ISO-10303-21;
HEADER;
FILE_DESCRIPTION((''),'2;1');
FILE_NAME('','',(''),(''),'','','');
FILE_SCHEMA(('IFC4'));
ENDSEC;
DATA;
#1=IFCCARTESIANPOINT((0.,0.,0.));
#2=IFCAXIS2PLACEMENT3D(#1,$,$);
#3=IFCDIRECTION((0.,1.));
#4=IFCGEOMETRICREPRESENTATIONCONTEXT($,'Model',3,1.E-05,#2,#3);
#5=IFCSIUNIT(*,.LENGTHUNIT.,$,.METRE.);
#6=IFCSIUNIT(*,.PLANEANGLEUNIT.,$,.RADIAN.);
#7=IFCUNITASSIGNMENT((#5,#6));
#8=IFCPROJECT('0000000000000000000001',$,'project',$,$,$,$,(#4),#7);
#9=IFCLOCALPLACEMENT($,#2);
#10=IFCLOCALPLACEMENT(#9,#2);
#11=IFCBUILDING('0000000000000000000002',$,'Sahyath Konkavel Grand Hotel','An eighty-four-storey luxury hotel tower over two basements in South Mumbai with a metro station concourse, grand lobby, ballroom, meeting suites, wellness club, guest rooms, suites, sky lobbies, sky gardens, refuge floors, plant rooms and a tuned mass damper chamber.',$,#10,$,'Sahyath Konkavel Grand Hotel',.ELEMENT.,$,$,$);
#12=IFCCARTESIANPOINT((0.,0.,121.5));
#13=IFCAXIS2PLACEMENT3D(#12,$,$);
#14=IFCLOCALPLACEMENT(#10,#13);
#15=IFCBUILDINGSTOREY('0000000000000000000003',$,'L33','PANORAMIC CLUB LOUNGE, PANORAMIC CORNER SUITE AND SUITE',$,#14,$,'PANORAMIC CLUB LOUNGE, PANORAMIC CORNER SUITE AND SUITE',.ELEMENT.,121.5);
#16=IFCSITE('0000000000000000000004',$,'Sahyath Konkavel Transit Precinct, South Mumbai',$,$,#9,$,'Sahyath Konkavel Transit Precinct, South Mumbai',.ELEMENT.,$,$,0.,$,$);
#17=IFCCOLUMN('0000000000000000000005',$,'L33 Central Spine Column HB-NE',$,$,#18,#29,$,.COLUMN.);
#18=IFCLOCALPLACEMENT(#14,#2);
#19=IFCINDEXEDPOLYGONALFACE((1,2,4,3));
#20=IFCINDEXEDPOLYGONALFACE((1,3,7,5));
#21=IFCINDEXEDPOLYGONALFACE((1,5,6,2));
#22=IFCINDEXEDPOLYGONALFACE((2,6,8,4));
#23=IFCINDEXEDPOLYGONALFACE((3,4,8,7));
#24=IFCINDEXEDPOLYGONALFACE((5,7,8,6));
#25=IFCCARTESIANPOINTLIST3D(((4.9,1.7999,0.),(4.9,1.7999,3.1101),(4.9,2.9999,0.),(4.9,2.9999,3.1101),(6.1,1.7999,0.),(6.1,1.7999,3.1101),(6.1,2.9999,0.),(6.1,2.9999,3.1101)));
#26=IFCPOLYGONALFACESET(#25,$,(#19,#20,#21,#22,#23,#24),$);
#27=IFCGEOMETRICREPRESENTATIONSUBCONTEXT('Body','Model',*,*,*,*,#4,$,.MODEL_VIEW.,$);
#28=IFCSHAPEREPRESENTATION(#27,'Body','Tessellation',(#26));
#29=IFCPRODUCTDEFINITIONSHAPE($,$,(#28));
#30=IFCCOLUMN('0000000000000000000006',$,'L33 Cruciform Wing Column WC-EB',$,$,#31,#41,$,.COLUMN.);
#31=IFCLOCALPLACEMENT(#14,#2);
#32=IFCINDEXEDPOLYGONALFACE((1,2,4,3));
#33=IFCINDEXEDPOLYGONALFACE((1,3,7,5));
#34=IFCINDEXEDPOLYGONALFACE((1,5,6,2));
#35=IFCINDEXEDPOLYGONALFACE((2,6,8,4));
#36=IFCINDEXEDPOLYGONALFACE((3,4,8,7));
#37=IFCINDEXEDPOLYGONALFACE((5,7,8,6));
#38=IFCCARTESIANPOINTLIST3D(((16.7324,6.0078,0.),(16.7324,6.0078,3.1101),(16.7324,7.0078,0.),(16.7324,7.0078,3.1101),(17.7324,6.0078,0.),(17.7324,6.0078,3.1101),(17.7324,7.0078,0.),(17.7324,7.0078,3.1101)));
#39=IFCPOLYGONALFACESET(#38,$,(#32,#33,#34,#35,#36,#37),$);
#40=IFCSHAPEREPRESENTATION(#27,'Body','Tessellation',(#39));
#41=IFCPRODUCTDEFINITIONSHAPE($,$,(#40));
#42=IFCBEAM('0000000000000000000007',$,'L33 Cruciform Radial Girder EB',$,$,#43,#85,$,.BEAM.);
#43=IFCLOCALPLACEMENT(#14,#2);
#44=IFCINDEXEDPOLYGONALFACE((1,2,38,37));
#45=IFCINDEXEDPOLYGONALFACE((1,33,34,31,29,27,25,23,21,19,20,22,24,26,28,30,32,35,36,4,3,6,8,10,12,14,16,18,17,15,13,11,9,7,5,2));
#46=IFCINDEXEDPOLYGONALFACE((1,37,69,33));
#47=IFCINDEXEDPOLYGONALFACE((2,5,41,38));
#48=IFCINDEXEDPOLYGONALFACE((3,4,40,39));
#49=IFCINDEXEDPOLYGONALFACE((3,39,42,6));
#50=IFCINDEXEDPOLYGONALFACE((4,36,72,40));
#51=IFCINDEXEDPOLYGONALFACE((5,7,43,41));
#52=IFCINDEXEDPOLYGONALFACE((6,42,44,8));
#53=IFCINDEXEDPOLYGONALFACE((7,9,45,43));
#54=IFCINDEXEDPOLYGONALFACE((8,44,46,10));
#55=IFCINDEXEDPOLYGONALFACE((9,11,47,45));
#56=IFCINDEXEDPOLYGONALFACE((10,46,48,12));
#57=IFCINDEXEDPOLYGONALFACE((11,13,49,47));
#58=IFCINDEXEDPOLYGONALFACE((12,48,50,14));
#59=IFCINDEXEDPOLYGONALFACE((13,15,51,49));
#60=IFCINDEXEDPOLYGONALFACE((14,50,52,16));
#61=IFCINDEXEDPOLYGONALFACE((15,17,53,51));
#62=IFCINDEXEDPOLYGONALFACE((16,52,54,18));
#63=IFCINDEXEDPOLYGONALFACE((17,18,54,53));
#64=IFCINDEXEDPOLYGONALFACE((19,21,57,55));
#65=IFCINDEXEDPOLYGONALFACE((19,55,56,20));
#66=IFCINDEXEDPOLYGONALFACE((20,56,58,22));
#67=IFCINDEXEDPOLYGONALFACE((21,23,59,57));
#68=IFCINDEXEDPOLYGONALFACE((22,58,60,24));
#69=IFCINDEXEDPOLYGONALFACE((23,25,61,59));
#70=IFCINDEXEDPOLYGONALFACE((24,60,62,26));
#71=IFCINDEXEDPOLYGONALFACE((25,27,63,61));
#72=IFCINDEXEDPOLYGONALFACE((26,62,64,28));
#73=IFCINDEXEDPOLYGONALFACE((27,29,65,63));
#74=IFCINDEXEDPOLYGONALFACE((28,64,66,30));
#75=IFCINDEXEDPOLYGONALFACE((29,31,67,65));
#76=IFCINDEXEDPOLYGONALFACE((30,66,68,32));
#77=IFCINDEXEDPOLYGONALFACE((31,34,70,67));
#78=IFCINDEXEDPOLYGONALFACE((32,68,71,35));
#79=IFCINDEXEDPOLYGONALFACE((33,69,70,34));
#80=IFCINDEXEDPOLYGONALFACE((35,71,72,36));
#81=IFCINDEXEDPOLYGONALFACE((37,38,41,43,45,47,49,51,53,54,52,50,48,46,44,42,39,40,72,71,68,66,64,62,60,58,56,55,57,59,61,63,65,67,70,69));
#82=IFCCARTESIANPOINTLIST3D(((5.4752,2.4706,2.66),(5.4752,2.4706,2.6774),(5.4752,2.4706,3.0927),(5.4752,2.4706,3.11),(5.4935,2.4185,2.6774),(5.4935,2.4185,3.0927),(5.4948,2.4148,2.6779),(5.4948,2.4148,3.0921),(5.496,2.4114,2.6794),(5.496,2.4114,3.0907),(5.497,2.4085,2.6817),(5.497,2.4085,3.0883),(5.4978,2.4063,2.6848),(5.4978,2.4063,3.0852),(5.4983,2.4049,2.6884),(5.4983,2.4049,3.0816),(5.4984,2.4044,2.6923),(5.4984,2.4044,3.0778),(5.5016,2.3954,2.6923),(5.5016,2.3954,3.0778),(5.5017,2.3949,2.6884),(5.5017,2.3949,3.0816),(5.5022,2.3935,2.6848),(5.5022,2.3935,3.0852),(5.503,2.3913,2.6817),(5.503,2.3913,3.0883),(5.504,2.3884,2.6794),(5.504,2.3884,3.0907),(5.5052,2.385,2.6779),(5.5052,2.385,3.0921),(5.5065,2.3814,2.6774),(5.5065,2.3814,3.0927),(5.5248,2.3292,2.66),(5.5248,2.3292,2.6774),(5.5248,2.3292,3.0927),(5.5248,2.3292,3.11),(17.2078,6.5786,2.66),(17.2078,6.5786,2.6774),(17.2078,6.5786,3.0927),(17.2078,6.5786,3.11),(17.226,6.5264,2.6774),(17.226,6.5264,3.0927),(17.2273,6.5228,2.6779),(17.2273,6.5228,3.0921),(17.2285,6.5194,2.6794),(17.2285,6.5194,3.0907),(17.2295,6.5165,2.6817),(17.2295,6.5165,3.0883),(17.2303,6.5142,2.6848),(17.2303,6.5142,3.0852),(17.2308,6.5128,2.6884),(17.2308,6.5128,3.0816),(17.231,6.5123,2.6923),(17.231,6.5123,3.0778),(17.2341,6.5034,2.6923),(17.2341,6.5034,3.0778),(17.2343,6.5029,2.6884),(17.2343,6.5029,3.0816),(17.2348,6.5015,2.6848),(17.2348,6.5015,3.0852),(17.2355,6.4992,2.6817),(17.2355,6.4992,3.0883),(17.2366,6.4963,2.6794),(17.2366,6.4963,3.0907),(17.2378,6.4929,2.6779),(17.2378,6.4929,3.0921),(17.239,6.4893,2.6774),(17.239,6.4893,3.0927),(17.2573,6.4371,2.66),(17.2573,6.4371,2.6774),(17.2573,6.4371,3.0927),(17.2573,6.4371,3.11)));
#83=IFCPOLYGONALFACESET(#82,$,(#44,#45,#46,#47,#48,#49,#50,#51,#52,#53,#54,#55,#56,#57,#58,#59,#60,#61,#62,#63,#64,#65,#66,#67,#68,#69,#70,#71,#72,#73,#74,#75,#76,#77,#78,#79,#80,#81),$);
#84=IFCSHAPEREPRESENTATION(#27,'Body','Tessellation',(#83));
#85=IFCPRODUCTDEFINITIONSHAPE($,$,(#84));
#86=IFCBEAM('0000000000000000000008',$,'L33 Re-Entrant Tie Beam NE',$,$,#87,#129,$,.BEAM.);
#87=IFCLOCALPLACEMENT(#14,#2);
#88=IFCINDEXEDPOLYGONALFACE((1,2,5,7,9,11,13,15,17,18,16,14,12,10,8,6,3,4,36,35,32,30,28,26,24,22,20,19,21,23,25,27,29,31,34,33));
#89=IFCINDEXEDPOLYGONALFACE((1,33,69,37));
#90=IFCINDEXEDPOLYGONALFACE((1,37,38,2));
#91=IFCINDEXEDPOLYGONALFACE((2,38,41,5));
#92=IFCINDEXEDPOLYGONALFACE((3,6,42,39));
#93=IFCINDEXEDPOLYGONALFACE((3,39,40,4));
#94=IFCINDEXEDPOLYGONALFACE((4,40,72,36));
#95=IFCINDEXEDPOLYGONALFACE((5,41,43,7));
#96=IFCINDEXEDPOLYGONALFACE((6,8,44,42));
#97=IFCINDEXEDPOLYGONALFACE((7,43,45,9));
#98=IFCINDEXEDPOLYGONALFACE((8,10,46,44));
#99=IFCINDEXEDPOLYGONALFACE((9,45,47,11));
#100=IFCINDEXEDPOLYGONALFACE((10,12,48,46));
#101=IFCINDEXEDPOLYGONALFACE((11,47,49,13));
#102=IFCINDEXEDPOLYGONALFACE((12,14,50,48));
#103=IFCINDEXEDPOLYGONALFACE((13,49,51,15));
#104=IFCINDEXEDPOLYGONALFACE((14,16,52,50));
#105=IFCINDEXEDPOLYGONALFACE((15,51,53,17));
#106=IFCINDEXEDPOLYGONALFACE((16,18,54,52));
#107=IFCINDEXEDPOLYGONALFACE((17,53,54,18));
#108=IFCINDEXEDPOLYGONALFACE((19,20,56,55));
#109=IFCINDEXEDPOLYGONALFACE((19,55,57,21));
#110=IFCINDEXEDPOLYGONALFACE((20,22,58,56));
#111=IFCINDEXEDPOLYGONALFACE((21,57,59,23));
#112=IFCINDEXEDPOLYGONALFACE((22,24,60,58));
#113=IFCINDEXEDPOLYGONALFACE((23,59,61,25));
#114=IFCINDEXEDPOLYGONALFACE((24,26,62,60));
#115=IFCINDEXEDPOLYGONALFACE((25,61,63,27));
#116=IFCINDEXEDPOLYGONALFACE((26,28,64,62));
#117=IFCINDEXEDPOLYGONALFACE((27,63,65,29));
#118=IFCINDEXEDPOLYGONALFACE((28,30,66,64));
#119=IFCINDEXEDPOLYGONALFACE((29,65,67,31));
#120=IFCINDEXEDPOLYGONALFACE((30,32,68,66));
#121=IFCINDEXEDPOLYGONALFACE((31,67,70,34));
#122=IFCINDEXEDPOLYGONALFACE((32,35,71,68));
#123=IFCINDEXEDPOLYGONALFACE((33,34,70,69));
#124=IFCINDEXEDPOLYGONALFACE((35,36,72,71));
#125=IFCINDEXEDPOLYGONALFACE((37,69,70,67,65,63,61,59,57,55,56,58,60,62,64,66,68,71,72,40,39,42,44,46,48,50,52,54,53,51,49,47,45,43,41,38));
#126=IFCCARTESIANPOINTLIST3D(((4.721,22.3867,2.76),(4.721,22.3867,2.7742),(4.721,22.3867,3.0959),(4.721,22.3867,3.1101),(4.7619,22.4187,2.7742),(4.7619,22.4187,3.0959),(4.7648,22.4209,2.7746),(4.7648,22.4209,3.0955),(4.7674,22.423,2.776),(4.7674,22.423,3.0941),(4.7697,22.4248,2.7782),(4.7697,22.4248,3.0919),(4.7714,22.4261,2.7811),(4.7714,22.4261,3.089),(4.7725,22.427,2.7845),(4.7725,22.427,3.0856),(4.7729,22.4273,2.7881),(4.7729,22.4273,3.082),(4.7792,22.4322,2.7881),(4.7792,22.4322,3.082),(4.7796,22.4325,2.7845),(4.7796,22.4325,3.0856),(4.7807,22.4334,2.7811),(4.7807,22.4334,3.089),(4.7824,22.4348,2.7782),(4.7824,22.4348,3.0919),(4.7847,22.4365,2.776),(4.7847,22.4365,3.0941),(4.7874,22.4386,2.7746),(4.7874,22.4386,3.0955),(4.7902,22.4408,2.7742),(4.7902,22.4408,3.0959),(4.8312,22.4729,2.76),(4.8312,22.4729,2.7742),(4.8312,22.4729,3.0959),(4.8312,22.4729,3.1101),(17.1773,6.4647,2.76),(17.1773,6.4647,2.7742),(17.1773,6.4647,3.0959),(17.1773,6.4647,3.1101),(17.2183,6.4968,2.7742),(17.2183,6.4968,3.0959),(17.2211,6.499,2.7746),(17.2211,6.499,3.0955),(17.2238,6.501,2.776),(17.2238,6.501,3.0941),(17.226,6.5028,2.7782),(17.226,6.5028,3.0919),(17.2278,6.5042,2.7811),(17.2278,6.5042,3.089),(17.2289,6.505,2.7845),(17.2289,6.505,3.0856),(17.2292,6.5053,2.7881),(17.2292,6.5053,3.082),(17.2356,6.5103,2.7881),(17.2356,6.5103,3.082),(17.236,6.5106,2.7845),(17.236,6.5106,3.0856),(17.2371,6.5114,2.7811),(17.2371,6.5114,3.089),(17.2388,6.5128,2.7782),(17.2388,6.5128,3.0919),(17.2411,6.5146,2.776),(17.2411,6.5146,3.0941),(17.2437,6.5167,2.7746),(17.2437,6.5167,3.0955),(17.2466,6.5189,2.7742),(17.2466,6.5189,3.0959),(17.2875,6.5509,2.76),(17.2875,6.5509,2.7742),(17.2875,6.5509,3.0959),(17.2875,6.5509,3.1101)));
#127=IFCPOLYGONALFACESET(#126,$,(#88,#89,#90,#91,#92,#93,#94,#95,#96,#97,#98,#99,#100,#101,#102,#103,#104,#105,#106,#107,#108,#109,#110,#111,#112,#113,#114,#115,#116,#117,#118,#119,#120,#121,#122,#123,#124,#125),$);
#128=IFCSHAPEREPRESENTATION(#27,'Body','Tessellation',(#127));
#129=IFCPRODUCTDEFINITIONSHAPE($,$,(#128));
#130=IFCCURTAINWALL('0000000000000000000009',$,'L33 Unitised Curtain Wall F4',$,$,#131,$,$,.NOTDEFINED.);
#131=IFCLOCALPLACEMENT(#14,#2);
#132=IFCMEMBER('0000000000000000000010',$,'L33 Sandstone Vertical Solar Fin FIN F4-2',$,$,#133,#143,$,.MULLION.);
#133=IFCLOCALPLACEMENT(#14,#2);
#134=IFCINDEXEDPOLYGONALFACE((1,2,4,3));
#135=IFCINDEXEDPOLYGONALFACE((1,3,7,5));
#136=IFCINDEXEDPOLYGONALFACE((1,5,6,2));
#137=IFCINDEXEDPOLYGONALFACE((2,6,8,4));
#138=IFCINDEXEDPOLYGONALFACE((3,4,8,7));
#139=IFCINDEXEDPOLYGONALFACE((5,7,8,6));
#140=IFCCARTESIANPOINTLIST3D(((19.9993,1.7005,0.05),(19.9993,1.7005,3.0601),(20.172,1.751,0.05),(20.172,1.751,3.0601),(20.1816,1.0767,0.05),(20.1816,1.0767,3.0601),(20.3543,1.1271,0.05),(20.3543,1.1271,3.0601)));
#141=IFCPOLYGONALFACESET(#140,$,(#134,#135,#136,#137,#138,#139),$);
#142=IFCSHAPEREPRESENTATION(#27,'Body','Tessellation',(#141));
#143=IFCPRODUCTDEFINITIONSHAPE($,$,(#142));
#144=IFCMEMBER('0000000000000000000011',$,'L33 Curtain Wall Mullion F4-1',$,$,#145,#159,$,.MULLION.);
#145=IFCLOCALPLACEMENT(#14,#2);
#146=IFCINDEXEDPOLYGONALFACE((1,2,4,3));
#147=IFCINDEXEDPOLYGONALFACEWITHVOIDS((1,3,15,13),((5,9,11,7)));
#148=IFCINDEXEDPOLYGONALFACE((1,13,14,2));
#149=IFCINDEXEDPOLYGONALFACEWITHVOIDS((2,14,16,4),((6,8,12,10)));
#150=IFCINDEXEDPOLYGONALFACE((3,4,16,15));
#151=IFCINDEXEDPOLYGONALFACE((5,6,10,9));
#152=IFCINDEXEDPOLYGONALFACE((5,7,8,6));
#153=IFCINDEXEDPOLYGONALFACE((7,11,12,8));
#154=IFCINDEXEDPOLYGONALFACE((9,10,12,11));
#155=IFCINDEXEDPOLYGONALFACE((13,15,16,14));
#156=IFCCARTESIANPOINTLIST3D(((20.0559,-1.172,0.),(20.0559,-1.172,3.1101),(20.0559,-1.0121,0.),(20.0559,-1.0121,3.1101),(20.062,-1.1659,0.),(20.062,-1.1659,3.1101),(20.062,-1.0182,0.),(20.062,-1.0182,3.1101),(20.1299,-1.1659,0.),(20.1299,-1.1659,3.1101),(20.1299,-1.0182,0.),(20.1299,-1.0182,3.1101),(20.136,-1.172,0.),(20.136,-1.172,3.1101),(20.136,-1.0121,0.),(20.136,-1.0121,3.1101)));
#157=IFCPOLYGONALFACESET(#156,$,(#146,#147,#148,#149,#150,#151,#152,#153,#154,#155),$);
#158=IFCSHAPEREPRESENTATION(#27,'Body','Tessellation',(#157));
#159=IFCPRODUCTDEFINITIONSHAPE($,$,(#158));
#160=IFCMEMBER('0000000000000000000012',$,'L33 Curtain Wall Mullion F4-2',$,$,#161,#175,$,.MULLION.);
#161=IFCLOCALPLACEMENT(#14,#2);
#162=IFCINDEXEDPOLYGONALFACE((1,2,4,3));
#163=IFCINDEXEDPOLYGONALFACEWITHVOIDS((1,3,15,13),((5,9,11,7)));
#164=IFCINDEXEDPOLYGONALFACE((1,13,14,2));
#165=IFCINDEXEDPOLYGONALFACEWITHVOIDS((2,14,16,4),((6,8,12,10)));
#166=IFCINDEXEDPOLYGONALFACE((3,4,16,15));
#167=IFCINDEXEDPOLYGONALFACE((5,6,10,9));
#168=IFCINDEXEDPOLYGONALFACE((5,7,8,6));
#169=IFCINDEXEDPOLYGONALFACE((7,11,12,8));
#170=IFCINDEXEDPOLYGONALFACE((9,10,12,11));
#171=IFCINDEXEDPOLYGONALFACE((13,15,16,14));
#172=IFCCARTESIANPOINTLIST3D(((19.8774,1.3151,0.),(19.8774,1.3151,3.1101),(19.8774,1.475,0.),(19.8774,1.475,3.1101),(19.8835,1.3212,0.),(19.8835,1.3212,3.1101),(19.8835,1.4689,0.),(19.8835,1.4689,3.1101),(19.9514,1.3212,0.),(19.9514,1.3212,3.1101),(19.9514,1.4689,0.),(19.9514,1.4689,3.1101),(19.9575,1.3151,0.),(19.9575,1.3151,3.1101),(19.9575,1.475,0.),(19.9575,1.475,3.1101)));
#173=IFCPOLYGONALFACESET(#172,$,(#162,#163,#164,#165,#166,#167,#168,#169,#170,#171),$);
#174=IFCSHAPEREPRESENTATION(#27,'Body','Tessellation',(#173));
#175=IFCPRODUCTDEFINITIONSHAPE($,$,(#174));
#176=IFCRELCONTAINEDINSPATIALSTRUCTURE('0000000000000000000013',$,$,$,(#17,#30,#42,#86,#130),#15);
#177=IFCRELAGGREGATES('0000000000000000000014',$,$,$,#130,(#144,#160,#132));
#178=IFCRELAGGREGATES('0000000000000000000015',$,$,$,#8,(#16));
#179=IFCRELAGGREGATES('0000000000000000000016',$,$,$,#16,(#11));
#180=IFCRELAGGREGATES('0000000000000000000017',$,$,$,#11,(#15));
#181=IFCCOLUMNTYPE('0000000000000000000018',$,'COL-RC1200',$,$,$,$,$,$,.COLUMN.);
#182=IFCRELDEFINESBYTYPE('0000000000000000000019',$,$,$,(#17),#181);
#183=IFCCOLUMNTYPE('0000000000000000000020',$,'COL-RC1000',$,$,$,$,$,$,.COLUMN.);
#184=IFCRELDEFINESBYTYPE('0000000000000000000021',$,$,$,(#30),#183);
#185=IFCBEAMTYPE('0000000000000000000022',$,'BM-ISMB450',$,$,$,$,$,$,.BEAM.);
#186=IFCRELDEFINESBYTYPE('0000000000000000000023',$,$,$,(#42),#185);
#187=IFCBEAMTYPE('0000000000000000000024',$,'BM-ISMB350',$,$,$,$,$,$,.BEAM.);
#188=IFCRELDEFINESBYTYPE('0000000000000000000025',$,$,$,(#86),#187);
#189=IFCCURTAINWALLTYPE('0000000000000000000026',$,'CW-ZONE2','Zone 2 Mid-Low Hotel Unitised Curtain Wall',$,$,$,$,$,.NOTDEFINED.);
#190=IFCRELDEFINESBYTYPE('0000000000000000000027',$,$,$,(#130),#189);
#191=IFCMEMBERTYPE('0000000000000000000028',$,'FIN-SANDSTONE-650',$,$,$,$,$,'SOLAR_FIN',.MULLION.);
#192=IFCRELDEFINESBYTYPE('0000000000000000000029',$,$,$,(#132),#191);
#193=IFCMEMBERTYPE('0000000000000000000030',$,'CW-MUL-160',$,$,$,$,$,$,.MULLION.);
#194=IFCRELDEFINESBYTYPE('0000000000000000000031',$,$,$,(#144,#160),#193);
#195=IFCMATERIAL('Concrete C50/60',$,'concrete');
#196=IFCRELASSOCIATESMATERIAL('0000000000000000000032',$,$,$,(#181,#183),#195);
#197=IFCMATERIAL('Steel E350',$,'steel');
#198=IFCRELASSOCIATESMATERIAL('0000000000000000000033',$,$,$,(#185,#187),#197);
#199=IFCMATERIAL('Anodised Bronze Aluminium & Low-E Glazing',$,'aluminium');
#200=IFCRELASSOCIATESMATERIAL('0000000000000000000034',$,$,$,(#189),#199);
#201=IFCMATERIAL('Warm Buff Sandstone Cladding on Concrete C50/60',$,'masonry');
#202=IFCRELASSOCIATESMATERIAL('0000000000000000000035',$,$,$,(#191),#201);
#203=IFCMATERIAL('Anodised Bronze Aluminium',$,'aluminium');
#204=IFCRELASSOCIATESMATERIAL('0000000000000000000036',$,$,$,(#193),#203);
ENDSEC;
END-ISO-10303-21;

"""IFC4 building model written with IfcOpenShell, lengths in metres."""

from ifc_helpers import new_model, si_unit, direction, frame, origin, origin_2d, place, context, subcontext, project, spatial, rectangle, hollow_rectangle, i_section, extrude, source, transform, mapped, material, material_profile, profile_set, type_object, element, aggregate, save


model = new_model("IFC4")

# Units and contexts
model_context = context("Model", 3, precision=1e-05, world=origin(), true_north=direction((0.0, 1.0)))
body_context = subcontext(model_context, "Body", "Model", "MODEL_VIEW")
ifc_project = project(units=[si_unit("LENGTHUNIT", "METRE"), si_unit("PLANEANGLEUNIT", "RADIAN")], contexts=[model_context])

# Site, building, storey
site_placement = place(None, origin())
site = spatial("IfcSite", under=ifc_project, at=site_placement, Name="Sahyath Konkavel Transit Precinct, South Mumbai", LongName="Sahyath Konkavel Transit Precinct, South Mumbai", CompositionType="ELEMENT", RefElevation=0.0)
building_placement = place(site_placement, origin())
building = spatial("IfcBuilding", under=site, at=building_placement, Name="Sahyath Konkavel Grand Hotel", Description="An eighty-four-storey luxury hotel tower over two basements in South Mumbai with a metro station concourse, grand lobby, ballroom, meeting suites, wellness club, guest rooms, suites, sky lobbies, sky gardens, refuge floors, plant rooms and a tuned mass damper chamber.", LongName="Sahyath Konkavel Grand Hotel", CompositionType="ELEMENT")
storey_placement = place(building_placement, frame((0.0, 0.0, 121.5)))
storey = spatial("IfcBuildingStorey", under=building, at=storey_placement, Name="L33", Description="PANORAMIC CLUB LOUNGE, PANORAMIC CORNER SUITE AND SUITE", LongName="PANORAMIC CLUB LOUNGE, PANORAMIC CORNER SUITE AND SUITE", CompositionType="ELEMENT", Elevation=121.5)

# Columns
ifc_material_1 = material(Name="Concrete C50/60", Category="concrete")
ifc_material_profile_1 = material_profile(ifc_material_1, rectangle(XDim=1.2, YDim=1.2, at=origin_2d()), Name="RC 1200x1200")
ifc_profile_set_1 = profile_set([ifc_material_profile_1], Name="Concrete C50/60")
column_type_1 = type_object("IfcColumnType", Name="COL-RC1200", PredefinedType="COLUMN", material=ifc_profile_set_1)
shared_shape_1 = source(origin(), body_context, "Body", "SweptSolid", [
    extrude(rectangle(XDim=1.2, YDim=1.2, at=origin_2d()), origin(), (0.0, 0.0, 1.0), 3.1101),
])
column_1_placement = place(storey_placement, frame((5.5, 2.3999, 0.0), z_axis=(0.0, 0.0, 1.0), x_axis=(1.0, 0.0, 0.0)))
element("IfcColumn", 1, at=column_1_placement, inside=storey, type_object=column_type_1, Name="L33 Central Spine Column HB-NE", PredefinedType="COLUMN", context=body_context, shape_type="MappedRepresentation", body=[
    mapped(shared_shape_1, transform((0.0, 0.0, 0.0), scale=1.0)),
])
ifc_material_profile_2 = material_profile(ifc_material_1, rectangle(XDim=1.0, YDim=1.0, at=origin_2d()), Name="RC 1000x1000")
ifc_profile_set_2 = profile_set([ifc_material_profile_2], Name="Concrete C50/60")
column_type_2 = type_object("IfcColumnType", Name="COL-RC1000", PredefinedType="COLUMN", material=ifc_profile_set_2)
shared_shape_2 = source(origin(), body_context, "Body", "SweptSolid", [
    extrude(rectangle(XDim=1.0, YDim=1.0, at=origin_2d()), origin(), (0.0, 0.0, 1.0), 3.1101),
])
column_2_placement = place(storey_placement, frame((17.2324, 6.5078, 0.0), z_axis=(0.0, 0.0, 1.0), x_axis=(1.0, 0.0, 0.0)))
element("IfcColumn", 2, at=column_2_placement, inside=storey, type_object=column_type_2, Name="L33 Cruciform Wing Column WC-EB", PredefinedType="COLUMN", context=body_context, shape_type="MappedRepresentation", body=[
    mapped(shared_shape_2, transform((0.0, 0.0, 0.0), scale=1.0)),
])

# Beams
ifc_material_2 = material(Name="Steel E350", Category="steel")
ifc_material_profile_3 = material_profile(ifc_material_2, i_section(OverallWidth=0.1499, OverallDepth=0.45, WebThickness=0.0095, FlangeThickness=0.0173, FilletRadius=0.0149, at=origin_2d()), Name="ISMB 450")
ifc_profile_set_3 = profile_set([ifc_material_profile_3], Name="Steel E350")
beam_type_1 = type_object("IfcBeamType", Name="BM-ISMB450", PredefinedType="BEAM", material=ifc_profile_set_3)
shared_shape_3 = source(origin(), body_context, "Body", "SweptSolid", [
    extrude(i_section(OverallWidth=0.1499, OverallDepth=0.45, WebThickness=0.0095, FlangeThickness=0.0173, FilletRadius=0.0149, at=origin_2d()), origin(), (0.0, 0.0, 1.0), 12.4309),
])
beam_1_placement = place(storey_placement, frame((5.5, 2.3999, 2.885), z_axis=(0.943819, 0.330462, 0.0), x_axis=(-0.330462, 0.943819, 0.0)))
element("IfcBeam", 3, at=beam_1_placement, inside=storey, type_object=beam_type_1, Name="L33 Cruciform Radial Girder EB", PredefinedType="BEAM", context=body_context, shape_type="MappedRepresentation", body=[
    mapped(shared_shape_3, transform((0.0, 0.0, 0.0), scale=1.0)),
])
ifc_material_profile_4 = material_profile(ifc_material_2, i_section(OverallWidth=0.1399, OverallDepth=0.3501, WebThickness=0.0081, FlangeThickness=0.0142, FilletRadius=0.0139, at=origin_2d()), Name="ISMB 350")
ifc_profile_set_4 = profile_set([ifc_material_profile_4], Name="Steel E350")
beam_type_2 = type_object("IfcBeamType", Name="BM-ISMB350", PredefinedType="BEAM", material=ifc_profile_set_4)
shared_shape_4 = source(origin(), body_context, "Body", "SweptSolid", [
    extrude(i_section(OverallWidth=0.1399, OverallDepth=0.3501, WebThickness=0.0081, FlangeThickness=0.0142, FilletRadius=0.0139, at=origin_2d()), origin(), (0.0, 0.0, 1.0), 20.2156),
])
beam_2_placement = place(storey_placement, frame((17.2324, 6.5078, 2.9351), z_axis=(-0.616176, 0.787608, 0.0), x_axis=(-0.787608, -0.616176, 0.0)))
element("IfcBeam", 4, at=beam_2_placement, inside=storey, type_object=beam_type_2, Name="L33 Re-Entrant Tie Beam NE", PredefinedType="BEAM", context=body_context, shape_type="MappedRepresentation", body=[
    mapped(shared_shape_4, transform((0.0, 0.0, 0.0), scale=1.0)),
])

# Curtain wall, members
ifc_material_3 = material(Name="Anodised Bronze Aluminium & Low-E Glazing", Category="aluminium")
curtain_wall_type = type_object("IfcCurtainWallType", Name="CW-ZONE2", Description="Zone 2 Mid-Low Hotel Unitised Curtain Wall", PredefinedType="NOTDEFINED", material=ifc_material_3)
curtain_wall_placement = place(storey_placement, origin())
curtain_wall = element("IfcCurtainWall", 5, at=curtain_wall_placement, inside=storey, type_object=curtain_wall_type, Name="L33 Unitised Curtain Wall F4", PredefinedType="NOTDEFINED")
ifc_material_4 = material(Name="Warm Buff Sandstone Cladding on Concrete C50/60", Category="masonry")
ifc_material_profile_5 = material_profile(ifc_material_4, rectangle(XDim=0.1799, YDim=0.6499, at=origin_2d()), Name="FIN 180x650")
ifc_profile_set_5 = profile_set([ifc_material_profile_5], Name="Warm Buff Sandstone Cladding on Concrete C50/60")
member_type_1 = type_object("IfcMemberType", Name="FIN-SANDSTONE-650", ElementType="SOLAR_FIN", PredefinedType="MULLION", material=ifc_profile_set_5)
shared_shape_5 = source(origin(), body_context, "Body", "SweptSolid", [
    extrude(rectangle(XDim=0.1799, YDim=0.6499, at=origin_2d()), origin(), (0.0, 0.0, 1.0), 3.01),
])
member_1_placement = place(storey_placement, frame((20.1768, 1.4138, 0.05), z_axis=(0.0, 0.0, 1.0), x_axis=(0.959854, 0.280499, 0.0)))
member_1 = element("IfcMember", 6, at=member_1_placement, type_object=member_type_1, Name="L33 Sandstone Vertical Solar Fin FIN F4-2", PredefinedType="MULLION", context=body_context, shape_type="MappedRepresentation", body=[
    mapped(shared_shape_5, transform((0.0, 0.0, 0.0), scale=1.0)),
])
ifc_material_5 = material(Name="Anodised Bronze Aluminium", Category="aluminium")
ifc_material_profile_6 = material_profile(ifc_material_5, hollow_rectangle(XDim=0.0801, YDim=0.1599, WallThickness=0.0061, at=origin_2d()), Name="RHS 160x80x6")
ifc_profile_set_6 = profile_set([ifc_material_profile_6], Name="Anodised Bronze Aluminium")
member_type_2 = type_object("IfcMemberType", Name="CW-MUL-160", PredefinedType="MULLION", material=ifc_profile_set_6)
shared_shape_6 = source(origin(), body_context, "Body", "SweptSolid", [
    extrude(hollow_rectangle(XDim=0.0801, YDim=0.1599, WallThickness=0.0061, at=origin_2d()), origin(), (0.0, 0.0, 1.0), 3.1101),
])
member_2_placement = place(storey_placement, frame((20.0959, -1.092, 0.0), z_axis=(0.0, 0.0, 1.0), x_axis=(1.0, 0.0, 0.0)))
member_2 = element("IfcMember", 7, at=member_2_placement, type_object=member_type_2, Name="L33 Curtain Wall Mullion F4-1", PredefinedType="MULLION", context=body_context, shape_type="MappedRepresentation", body=[
    mapped(shared_shape_6, transform((0.0, 0.0, 0.0), scale=1.0)),
])
member_3_placement = place(storey_placement, frame((19.9175, 1.395, 0.0), z_axis=(0.0, 0.0, 1.0), x_axis=(1.0, 0.0, 0.0)))
member_3 = element("IfcMember", 8, at=member_3_placement, type_object=member_type_2, Name="L33 Curtain Wall Mullion F4-2", PredefinedType="MULLION", context=body_context, shape_type="MappedRepresentation", body=[
    mapped(shared_shape_6, transform((0.0, 0.0, 0.0), scale=1.0)),
])

aggregate(curtain_wall, [member_2, member_3, member_1])

save(model, "model.ifc")
